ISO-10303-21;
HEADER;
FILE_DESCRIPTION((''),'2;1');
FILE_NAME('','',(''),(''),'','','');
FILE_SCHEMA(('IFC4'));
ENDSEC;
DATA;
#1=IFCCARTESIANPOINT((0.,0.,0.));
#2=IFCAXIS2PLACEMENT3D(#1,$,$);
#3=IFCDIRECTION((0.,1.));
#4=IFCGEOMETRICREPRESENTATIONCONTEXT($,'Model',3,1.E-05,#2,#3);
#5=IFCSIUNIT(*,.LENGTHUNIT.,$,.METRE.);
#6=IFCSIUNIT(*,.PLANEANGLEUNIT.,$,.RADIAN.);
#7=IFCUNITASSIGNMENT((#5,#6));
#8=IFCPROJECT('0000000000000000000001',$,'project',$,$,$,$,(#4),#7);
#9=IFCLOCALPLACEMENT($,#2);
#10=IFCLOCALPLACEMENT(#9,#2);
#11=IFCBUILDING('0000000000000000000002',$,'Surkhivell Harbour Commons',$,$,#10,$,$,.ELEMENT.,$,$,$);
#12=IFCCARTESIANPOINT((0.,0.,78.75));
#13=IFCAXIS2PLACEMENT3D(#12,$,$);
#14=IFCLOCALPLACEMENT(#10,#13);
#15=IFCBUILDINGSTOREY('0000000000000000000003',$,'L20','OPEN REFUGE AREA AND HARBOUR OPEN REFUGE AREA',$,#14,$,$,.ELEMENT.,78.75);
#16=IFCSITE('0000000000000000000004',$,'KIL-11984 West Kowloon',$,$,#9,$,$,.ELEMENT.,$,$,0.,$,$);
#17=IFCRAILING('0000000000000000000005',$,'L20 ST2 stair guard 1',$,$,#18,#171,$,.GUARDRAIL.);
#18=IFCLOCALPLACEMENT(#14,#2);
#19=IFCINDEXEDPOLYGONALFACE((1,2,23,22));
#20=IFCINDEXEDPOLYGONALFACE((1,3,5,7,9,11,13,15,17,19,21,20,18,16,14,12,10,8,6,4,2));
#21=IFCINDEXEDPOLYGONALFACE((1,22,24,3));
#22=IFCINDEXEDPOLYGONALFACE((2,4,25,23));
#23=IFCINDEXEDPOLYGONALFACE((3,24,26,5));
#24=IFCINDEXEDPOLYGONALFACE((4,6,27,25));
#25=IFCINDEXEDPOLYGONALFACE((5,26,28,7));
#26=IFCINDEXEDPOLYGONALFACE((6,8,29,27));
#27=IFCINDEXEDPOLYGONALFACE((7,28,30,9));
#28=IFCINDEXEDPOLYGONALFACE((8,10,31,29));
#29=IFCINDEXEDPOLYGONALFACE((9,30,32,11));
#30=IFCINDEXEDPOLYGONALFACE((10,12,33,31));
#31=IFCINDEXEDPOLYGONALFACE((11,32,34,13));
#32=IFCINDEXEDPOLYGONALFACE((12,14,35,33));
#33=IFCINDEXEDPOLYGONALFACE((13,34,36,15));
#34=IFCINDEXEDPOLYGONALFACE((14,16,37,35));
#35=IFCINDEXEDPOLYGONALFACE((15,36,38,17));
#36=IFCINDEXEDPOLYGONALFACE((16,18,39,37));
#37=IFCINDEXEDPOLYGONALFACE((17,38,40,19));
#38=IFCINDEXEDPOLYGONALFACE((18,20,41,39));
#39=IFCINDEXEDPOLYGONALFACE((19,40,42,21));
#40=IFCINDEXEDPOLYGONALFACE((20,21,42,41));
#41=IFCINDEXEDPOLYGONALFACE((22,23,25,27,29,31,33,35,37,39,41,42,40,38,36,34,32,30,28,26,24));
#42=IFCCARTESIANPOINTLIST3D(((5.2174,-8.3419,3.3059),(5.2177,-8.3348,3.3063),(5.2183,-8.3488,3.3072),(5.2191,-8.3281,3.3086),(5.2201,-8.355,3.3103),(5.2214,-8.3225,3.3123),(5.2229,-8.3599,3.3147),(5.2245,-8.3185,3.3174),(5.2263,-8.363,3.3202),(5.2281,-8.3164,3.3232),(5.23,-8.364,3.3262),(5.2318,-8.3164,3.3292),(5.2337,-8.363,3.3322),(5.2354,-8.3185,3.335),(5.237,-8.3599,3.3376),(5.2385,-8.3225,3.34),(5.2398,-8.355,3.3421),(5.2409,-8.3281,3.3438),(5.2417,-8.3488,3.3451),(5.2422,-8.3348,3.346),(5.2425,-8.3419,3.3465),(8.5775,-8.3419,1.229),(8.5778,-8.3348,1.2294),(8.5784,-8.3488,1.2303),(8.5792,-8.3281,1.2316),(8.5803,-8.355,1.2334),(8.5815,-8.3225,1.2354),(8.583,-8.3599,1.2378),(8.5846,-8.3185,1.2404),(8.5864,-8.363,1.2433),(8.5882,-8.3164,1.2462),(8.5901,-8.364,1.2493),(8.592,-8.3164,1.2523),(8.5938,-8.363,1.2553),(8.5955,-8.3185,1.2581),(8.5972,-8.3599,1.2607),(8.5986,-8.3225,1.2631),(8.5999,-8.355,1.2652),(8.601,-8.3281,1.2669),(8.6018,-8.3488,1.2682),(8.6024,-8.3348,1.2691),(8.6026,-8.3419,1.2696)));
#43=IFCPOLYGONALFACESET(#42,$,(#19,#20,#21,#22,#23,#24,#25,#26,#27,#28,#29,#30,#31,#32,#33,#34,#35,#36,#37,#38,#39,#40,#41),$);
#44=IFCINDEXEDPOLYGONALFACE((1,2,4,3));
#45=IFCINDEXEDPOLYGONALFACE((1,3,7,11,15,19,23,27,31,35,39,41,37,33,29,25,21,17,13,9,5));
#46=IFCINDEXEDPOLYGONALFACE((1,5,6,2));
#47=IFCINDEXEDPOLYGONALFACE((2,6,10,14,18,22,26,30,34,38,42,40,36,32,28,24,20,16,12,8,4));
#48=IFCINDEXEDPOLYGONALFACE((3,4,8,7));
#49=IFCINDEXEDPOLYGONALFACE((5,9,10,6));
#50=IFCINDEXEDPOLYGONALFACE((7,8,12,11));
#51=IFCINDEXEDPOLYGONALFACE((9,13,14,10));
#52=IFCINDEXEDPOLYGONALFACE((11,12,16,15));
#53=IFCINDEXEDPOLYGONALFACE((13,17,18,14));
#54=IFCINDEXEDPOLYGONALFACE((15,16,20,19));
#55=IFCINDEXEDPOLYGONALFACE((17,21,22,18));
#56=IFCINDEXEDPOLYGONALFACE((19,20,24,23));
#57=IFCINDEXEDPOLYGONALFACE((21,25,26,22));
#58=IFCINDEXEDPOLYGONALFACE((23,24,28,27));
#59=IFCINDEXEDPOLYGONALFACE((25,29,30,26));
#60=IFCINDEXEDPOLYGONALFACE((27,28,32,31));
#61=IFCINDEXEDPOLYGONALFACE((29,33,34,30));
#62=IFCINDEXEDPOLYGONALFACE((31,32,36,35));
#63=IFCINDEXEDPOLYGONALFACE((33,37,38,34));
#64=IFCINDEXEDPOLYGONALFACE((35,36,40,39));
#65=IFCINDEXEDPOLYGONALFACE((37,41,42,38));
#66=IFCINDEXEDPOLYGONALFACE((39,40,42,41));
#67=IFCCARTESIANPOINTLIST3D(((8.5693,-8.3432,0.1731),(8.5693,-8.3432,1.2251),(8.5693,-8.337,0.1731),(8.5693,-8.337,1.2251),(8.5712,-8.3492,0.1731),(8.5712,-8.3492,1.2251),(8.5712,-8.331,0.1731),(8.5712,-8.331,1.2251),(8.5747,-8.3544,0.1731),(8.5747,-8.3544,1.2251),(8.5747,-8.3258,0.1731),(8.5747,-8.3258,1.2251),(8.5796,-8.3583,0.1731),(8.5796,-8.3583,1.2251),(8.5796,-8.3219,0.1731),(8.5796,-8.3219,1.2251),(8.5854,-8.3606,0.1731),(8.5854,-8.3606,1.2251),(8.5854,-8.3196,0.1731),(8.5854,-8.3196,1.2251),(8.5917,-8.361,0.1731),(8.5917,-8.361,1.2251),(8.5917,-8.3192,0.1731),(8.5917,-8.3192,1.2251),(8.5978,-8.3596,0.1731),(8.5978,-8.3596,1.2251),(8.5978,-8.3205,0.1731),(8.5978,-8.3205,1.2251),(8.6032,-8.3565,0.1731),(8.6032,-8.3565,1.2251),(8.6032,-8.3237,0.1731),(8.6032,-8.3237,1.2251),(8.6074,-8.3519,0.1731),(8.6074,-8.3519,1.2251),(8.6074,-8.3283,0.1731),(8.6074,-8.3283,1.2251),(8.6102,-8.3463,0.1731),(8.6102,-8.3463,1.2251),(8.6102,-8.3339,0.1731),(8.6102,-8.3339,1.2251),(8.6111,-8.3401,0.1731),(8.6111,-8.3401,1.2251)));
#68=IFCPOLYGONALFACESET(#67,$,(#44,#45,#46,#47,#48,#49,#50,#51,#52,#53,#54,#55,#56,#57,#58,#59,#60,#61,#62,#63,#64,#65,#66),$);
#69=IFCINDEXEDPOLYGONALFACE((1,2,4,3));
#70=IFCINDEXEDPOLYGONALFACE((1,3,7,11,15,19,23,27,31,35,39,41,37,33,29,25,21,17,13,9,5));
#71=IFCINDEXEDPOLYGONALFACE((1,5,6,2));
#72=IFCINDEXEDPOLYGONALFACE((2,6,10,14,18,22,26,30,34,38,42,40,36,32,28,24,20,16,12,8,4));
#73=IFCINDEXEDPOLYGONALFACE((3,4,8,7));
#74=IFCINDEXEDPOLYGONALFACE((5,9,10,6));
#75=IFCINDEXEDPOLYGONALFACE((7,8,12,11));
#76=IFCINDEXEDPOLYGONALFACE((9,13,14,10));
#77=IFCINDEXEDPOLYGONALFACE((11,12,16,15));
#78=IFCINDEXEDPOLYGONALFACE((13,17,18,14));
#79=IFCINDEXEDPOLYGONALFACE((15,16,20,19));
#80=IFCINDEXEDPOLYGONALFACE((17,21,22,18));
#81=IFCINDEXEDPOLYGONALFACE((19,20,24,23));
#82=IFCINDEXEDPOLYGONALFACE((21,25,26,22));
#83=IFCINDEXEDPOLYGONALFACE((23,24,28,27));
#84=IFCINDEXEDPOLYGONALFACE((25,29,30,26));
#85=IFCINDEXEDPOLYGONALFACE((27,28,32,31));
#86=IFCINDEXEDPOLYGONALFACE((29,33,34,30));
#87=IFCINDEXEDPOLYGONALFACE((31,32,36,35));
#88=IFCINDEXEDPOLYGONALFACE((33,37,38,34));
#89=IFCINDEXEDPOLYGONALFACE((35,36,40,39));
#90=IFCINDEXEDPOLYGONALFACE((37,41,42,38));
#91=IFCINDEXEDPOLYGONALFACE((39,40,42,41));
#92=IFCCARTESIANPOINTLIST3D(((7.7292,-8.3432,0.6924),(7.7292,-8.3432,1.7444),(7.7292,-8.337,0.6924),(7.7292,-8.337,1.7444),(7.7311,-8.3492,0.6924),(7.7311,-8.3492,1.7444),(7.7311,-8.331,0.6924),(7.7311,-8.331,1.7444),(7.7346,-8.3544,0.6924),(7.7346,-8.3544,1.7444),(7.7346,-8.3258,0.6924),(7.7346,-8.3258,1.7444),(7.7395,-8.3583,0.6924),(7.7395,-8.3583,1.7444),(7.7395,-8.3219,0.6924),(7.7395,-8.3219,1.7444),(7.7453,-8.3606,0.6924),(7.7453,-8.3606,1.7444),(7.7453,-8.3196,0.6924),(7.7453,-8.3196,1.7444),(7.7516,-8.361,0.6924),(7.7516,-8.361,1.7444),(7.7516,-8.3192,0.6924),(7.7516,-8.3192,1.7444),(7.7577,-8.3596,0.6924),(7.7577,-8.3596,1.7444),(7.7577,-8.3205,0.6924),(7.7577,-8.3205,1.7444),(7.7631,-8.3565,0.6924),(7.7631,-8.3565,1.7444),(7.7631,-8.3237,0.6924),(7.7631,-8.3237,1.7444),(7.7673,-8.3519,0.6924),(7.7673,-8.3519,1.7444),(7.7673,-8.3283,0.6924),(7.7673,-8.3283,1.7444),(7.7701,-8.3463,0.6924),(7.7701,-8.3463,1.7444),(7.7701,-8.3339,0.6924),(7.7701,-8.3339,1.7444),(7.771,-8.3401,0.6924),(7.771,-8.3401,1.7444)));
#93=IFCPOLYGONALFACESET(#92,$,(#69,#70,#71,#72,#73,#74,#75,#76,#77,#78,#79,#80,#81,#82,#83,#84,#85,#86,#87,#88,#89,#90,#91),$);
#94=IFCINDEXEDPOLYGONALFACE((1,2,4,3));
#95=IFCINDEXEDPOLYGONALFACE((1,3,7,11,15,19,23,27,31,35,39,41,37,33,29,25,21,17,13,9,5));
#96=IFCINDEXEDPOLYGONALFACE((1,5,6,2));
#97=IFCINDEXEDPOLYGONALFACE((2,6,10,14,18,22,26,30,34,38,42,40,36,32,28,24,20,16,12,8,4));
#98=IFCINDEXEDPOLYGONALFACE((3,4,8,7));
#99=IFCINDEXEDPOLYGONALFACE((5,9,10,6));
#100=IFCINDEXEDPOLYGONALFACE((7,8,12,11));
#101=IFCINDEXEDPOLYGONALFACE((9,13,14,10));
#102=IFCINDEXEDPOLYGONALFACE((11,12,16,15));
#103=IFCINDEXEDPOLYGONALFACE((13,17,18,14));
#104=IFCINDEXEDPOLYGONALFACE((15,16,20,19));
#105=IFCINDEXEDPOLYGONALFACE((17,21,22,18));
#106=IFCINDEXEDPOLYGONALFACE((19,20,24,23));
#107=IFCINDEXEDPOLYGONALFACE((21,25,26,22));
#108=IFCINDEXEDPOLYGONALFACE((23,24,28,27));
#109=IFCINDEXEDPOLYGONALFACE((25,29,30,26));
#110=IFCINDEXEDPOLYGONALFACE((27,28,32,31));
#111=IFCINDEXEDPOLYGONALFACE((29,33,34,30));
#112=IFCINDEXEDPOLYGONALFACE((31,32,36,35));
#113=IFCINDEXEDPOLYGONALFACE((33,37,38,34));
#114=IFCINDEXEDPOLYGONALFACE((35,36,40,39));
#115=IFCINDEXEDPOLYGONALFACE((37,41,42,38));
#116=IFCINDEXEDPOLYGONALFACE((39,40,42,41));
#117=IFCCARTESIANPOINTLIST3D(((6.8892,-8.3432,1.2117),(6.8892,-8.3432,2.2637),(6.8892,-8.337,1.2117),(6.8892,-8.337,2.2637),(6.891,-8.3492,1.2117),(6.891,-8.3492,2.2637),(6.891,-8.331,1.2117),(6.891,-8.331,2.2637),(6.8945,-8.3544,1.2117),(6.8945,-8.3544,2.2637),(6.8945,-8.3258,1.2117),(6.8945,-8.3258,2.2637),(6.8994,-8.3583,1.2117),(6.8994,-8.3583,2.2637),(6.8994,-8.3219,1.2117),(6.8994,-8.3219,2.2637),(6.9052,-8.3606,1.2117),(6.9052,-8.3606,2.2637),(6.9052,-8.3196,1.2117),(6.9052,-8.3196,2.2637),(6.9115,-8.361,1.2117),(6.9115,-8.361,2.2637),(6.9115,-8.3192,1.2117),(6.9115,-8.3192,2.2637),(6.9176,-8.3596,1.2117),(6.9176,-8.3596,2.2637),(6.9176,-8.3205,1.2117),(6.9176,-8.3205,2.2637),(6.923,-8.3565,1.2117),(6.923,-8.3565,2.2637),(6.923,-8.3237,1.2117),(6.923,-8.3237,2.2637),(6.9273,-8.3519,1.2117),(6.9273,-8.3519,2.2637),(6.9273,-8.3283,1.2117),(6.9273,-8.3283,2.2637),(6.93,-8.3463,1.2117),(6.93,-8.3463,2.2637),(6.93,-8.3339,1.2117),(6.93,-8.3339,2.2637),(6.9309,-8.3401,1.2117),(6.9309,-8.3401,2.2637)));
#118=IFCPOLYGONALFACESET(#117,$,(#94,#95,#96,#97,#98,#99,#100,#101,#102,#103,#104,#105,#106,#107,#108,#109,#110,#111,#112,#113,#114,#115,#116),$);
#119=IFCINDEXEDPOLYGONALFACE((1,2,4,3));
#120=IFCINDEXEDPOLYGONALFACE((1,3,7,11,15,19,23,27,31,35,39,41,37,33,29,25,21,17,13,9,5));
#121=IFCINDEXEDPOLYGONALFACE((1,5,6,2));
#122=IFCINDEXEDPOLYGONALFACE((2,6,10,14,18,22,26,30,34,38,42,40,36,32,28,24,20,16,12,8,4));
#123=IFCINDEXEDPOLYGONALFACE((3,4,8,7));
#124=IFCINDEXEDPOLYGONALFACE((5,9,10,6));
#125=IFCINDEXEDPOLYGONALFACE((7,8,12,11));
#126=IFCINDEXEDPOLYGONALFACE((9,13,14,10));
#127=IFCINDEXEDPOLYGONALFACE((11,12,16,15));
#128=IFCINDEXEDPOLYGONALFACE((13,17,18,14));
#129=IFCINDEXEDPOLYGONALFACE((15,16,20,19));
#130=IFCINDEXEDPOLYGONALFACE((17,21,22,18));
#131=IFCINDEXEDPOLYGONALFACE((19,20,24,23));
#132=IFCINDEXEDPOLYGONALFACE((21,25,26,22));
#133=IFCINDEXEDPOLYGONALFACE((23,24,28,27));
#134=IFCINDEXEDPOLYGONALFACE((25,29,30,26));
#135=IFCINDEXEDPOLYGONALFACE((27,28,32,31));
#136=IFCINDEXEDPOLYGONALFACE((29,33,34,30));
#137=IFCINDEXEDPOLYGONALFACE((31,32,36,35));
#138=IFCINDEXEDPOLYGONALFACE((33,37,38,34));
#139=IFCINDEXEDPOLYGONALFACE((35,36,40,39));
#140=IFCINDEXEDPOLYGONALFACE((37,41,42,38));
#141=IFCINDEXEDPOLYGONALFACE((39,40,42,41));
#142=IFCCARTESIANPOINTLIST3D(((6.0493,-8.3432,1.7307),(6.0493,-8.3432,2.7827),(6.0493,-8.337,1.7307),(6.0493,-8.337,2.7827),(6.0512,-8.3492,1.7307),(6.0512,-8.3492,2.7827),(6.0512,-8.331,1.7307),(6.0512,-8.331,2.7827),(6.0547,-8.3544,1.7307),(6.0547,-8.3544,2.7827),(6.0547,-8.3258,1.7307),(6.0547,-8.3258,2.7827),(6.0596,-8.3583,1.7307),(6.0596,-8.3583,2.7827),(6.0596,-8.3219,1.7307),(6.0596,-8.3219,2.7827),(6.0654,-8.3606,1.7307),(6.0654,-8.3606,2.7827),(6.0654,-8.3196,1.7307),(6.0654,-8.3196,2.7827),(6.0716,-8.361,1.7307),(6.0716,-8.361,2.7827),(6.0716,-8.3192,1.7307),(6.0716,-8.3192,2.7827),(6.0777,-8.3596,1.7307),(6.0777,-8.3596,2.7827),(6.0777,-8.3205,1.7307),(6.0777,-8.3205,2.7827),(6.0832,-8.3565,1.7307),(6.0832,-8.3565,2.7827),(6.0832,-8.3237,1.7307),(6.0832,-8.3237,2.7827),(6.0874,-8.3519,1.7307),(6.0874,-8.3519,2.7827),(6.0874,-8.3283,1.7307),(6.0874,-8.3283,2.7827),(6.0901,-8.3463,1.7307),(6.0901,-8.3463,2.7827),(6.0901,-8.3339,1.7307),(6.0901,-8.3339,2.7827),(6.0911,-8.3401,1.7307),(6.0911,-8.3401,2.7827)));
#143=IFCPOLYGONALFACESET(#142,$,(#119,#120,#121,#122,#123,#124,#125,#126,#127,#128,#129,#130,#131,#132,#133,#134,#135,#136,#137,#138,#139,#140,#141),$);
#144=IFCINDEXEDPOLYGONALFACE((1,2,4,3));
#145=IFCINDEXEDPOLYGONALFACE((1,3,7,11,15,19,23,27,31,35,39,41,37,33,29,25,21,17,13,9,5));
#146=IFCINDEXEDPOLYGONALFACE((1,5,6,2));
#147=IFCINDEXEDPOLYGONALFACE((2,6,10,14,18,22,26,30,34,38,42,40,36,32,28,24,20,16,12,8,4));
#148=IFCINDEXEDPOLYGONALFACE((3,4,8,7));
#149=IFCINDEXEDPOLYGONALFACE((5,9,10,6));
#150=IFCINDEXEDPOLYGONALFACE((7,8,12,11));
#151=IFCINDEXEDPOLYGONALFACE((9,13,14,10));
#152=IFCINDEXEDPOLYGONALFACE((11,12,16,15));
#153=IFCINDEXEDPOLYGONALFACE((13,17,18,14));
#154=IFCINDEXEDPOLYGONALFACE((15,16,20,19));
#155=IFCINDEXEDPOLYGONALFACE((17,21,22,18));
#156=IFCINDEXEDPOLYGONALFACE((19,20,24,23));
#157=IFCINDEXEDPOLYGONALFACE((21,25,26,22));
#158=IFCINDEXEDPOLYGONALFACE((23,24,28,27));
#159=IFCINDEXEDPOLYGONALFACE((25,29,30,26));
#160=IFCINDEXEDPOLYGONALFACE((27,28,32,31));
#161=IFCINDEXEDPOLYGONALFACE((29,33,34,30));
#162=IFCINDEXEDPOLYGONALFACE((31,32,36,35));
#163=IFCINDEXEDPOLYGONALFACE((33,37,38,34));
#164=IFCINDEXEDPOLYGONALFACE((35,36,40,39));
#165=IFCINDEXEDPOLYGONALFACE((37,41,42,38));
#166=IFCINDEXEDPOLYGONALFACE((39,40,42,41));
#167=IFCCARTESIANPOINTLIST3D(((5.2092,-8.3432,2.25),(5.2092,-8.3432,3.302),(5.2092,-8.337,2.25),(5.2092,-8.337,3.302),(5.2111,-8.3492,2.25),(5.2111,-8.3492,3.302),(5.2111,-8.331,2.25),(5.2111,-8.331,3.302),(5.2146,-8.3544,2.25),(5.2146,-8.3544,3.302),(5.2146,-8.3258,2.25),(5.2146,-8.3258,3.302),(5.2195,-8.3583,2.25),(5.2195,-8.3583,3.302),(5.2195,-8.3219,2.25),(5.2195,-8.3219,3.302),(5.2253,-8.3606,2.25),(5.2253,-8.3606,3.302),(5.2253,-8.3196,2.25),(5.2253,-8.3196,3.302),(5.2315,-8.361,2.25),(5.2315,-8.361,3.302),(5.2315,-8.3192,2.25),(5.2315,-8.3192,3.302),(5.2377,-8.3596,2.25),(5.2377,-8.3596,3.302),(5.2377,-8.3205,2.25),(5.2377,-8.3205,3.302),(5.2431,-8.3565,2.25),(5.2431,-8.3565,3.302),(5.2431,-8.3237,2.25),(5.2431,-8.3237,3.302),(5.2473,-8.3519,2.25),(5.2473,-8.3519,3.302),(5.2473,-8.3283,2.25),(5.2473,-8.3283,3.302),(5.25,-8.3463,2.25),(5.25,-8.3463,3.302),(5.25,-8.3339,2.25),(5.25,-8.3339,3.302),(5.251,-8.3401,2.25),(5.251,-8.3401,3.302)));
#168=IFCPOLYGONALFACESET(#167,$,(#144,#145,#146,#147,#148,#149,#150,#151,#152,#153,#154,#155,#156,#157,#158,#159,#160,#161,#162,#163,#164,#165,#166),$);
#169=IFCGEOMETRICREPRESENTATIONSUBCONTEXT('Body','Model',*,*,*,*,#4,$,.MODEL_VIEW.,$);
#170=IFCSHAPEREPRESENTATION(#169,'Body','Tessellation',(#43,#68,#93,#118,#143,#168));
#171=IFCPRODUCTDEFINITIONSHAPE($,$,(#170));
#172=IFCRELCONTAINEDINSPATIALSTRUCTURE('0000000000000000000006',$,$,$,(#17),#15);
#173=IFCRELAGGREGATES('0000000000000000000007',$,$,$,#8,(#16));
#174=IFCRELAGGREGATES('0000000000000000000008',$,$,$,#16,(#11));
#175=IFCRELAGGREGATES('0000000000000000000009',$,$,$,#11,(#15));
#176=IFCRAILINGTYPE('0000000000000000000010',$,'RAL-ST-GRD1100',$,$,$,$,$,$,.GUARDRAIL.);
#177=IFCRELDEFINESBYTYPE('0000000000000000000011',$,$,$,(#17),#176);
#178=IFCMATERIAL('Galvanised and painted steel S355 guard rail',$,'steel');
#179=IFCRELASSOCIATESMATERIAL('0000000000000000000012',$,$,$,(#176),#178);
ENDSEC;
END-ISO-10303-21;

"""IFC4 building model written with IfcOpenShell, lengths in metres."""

from ifc_helpers import new_model, si_unit, direction, frame, origin, origin_2d, place, context, subcontext, project, spatial, circle, extrude, material, type_object, element, save


model = new_model("IFC4")

# Units and contexts
model_context = context("Model", 3, precision=1e-05, world=origin(), true_north=direction((0.0, 1.0)))
body_context = subcontext(model_context, "Body", "Model", "MODEL_VIEW")
ifc_project = project(units=[si_unit("LENGTHUNIT", "METRE"), si_unit("PLANEANGLEUNIT", "RADIAN")], contexts=[model_context])

# Site, building, storey
site_placement = place(None, origin())
site = spatial("IfcSite", under=ifc_project, at=site_placement, Name="KIL-11984 West Kowloon", CompositionType="ELEMENT", RefElevation=0.0)
building_placement = place(site_placement, origin())
building = spatial("IfcBuilding", under=site, at=building_placement, Name="Surkhivell Harbour Commons", CompositionType="ELEMENT")
storey_placement = place(building_placement, frame((0.0, 0.0, 78.75)))
storey = spatial("IfcBuildingStorey", under=building, at=storey_placement, Name="L20", Description="OPEN REFUGE AREA AND HARBOUR OPEN REFUGE AREA", CompositionType="ELEMENT", Elevation=78.75)

# Railing
ifc_material_1 = material(Name="Galvanised and painted steel S355 guard rail", Category="steel")
railing_type_1 = type_object("IfcRailingType", Name="RAL-ST-GRD1100", PredefinedType="GUARDRAIL", material=ifc_material_1)
railing_1_placement = place(storey_placement, frame((8.5901, -8.3401, 0.1731)))
element("IfcRailing", 1, at=railing_1_placement, inside=storey, type_object=railing_type_1, Name="L20 ST2 stair guard 1", PredefinedType="GUARDRAIL", context=body_context, shape_type="SweptSolid", body=[
    extrude(circle(Radius=0.0239, at=origin_2d()), frame((0.0, 0.0, 1.0762), z_axis=(-0.850623, 0.0, 0.525776), x_axis=(0.0, -1.0, 0.0)), (0.0, 0.0, 1.0), 3.9502),
    extrude(circle(Radius=0.021, at=origin_2d()), origin(), (0.0, 0.0, 1.0), 1.052),
    extrude(circle(Radius=0.021, at=origin_2d()), frame((-0.8401, 0.0, 0.5193)), (0.0, 0.0, 1.0), 1.052),
    extrude(circle(Radius=0.021, at=origin_2d()), frame((-1.6802, 0.0, 1.0386)), (0.0, 0.0, 1.0), 1.052),
    extrude(circle(Radius=0.021, at=origin_2d()), frame((-2.52, 0.0, 1.5576)), (0.0, 0.0, 1.0), 1.052),
    extrude(circle(Radius=0.021, at=origin_2d()), frame((-3.3601, 0.0, 2.0769)), (0.0, 0.0, 1.0), 1.052),
])

save(model, "model.ifc")
